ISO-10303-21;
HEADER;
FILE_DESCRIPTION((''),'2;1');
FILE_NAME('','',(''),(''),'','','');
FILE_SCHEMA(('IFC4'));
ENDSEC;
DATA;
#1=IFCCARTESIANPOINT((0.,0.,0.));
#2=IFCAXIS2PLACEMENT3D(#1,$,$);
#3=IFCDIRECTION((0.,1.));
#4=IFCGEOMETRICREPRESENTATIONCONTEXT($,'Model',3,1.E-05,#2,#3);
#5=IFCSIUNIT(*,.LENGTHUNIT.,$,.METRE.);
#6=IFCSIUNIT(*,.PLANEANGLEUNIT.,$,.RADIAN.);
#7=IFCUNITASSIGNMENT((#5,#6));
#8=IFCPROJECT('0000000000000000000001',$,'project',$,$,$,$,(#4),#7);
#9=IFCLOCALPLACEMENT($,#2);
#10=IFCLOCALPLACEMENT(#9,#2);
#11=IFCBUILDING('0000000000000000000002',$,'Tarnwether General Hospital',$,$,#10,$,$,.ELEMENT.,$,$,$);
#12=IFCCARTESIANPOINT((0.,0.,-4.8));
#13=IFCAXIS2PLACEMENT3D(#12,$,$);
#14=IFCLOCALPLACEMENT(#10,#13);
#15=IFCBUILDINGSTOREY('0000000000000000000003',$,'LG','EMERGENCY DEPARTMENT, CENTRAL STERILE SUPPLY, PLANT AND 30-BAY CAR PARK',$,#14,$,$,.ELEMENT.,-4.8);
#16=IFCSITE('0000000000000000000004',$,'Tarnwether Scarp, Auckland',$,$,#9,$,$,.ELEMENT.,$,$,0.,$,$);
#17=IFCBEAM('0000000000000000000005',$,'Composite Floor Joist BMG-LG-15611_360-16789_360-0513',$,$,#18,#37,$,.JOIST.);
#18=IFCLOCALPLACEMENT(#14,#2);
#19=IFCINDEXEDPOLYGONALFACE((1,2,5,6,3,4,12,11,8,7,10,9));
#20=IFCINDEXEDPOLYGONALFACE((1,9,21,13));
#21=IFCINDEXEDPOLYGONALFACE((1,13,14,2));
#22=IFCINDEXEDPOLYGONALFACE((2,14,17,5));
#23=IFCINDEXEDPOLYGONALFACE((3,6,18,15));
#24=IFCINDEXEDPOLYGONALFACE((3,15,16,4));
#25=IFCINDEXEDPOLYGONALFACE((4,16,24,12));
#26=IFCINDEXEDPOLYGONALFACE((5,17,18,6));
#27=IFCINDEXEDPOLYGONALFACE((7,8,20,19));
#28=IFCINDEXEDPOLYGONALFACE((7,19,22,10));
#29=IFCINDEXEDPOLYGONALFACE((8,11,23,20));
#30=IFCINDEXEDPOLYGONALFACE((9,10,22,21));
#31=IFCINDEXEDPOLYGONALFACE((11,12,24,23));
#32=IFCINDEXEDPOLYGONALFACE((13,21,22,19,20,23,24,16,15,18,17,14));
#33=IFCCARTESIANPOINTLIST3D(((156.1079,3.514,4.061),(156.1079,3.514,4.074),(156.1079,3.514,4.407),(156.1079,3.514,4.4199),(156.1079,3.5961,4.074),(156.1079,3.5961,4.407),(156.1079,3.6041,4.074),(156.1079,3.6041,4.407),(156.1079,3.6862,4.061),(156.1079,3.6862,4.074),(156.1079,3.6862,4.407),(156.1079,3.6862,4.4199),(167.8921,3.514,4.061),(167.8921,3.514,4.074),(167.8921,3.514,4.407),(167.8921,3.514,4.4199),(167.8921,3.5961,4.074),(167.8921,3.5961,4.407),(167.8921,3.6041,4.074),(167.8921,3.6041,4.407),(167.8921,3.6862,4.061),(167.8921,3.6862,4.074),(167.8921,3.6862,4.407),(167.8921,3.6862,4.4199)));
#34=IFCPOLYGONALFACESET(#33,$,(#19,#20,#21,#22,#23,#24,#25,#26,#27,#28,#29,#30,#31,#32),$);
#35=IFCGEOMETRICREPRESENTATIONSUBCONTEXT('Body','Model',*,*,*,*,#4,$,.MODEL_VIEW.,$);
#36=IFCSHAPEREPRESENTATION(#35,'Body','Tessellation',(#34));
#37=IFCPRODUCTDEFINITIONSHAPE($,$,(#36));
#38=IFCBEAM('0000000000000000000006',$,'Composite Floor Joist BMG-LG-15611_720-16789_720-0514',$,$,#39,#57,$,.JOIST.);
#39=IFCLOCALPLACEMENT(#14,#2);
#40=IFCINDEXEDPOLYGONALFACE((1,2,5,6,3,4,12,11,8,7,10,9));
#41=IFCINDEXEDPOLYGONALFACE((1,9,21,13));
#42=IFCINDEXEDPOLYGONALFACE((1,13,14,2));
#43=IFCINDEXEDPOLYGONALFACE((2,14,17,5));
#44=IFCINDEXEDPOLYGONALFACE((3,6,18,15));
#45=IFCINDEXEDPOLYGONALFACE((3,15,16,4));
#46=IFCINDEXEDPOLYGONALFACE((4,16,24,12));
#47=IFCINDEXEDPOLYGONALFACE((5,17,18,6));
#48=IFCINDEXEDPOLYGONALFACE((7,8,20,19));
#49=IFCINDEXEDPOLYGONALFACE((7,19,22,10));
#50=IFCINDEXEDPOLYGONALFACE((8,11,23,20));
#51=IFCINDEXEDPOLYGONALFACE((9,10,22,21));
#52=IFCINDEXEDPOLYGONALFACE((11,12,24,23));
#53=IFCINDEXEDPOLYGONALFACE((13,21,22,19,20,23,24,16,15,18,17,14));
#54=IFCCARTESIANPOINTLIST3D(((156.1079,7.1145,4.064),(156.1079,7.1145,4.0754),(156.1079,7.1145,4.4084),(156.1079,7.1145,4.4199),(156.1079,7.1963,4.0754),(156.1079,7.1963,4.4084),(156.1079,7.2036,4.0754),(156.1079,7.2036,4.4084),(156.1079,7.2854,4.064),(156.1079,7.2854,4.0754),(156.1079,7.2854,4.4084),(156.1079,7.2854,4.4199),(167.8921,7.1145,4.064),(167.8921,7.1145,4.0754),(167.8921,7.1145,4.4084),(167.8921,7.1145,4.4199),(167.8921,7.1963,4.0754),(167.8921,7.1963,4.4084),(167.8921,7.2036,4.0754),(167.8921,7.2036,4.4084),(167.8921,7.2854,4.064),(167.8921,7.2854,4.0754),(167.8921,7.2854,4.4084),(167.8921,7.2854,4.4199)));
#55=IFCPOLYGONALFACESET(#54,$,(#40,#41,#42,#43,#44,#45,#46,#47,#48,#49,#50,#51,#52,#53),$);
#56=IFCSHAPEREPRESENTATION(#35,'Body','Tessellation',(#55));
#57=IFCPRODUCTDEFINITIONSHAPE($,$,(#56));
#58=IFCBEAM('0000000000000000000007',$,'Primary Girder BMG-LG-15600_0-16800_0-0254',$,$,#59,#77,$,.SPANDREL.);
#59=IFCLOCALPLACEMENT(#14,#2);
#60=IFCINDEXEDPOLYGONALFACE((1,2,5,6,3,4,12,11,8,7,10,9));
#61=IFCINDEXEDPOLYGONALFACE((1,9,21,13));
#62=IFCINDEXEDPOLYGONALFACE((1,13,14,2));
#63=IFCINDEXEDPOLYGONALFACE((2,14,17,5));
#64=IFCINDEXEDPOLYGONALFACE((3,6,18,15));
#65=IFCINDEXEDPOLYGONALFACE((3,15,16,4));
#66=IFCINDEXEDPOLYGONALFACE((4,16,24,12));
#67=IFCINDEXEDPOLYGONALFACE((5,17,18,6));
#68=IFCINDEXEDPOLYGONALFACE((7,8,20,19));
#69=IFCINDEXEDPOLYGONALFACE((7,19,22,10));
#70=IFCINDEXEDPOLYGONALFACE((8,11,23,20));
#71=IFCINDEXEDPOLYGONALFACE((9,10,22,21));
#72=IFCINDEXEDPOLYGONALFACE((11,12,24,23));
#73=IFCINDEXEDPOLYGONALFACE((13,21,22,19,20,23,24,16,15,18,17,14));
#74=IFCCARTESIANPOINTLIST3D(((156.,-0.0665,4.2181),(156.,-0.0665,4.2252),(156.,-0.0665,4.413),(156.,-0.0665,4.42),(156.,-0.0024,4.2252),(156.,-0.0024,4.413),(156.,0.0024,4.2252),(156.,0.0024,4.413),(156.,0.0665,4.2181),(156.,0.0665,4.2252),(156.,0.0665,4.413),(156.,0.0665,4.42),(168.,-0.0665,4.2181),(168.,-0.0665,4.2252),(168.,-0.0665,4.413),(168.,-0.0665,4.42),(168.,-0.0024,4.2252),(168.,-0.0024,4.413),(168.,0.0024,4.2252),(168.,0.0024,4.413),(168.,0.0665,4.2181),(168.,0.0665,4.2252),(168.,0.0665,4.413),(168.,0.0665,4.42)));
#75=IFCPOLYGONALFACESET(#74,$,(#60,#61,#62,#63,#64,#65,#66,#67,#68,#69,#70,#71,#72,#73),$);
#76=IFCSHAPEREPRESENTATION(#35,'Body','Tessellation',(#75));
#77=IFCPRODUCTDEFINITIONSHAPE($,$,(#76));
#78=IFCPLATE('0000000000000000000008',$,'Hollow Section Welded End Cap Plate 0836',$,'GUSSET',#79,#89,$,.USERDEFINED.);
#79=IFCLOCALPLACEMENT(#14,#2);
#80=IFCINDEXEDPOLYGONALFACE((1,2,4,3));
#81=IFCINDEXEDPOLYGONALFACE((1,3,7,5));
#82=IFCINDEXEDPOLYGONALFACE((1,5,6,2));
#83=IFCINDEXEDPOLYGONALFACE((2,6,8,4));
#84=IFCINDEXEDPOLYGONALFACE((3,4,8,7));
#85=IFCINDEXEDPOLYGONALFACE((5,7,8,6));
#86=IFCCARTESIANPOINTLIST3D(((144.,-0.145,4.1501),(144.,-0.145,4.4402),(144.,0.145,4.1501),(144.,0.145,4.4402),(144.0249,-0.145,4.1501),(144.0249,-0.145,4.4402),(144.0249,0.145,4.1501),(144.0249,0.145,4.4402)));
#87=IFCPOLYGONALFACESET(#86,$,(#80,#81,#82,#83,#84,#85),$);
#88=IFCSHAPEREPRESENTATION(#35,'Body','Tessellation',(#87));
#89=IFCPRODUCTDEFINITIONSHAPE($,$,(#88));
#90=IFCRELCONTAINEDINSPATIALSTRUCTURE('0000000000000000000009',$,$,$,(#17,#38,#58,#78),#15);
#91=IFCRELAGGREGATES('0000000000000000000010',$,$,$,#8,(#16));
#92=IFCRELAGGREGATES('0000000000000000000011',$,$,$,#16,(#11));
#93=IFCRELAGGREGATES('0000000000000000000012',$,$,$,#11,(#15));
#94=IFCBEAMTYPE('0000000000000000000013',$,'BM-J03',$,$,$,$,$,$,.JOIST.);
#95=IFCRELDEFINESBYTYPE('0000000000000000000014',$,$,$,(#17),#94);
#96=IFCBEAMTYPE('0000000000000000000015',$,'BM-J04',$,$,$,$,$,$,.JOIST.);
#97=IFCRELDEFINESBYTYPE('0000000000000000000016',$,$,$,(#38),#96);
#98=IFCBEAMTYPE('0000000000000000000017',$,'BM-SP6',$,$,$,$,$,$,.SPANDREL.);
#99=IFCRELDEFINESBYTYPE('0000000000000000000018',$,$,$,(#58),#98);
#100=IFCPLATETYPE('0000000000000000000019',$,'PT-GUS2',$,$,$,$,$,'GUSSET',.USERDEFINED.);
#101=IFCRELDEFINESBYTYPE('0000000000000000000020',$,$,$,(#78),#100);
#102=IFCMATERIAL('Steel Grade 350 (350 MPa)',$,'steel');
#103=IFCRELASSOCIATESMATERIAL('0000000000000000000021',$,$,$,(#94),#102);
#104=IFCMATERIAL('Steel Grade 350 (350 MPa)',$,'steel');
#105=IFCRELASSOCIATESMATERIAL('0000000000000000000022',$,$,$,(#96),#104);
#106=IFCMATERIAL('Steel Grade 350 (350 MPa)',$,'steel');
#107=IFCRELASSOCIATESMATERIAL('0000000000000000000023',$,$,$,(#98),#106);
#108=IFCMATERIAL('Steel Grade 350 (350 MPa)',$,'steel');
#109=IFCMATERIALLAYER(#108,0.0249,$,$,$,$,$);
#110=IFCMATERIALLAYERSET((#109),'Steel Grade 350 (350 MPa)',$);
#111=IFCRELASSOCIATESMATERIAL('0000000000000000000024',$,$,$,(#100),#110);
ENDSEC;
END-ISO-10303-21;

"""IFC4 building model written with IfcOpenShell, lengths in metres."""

from ifc_helpers import new_model, si_unit, direction, frame, origin, origin_2d, place, context, subcontext, project, spatial, rectangle, i_section, extrude, material, layer, layer_set, material_profile, profile_set, type_object, element, save


model = new_model("IFC4")

# Units and contexts
model_context = context("Model", 3, precision=1e-05, world=origin(), true_north=direction((0.0, 1.0)))
body_context = subcontext(model_context, "Body", "Model", "MODEL_VIEW")
ifc_project = project(units=[si_unit("LENGTHUNIT", "METRE"), si_unit("PLANEANGLEUNIT", "RADIAN")], contexts=[model_context])

# Site, building, storey
site_placement = place(None, origin())
site = spatial("IfcSite", under=ifc_project, at=site_placement, Name="Tarnwether Scarp, Auckland", CompositionType="ELEMENT", RefElevation=0.0)
building_placement = place(site_placement, origin())
building = spatial("IfcBuilding", under=site, at=building_placement, Name="Tarnwether General Hospital", CompositionType="ELEMENT")
storey_placement = place(building_placement, frame((0.0, 0.0, -4.8)))
storey = spatial("IfcBuildingStorey", under=building, at=storey_placement, Name="LG", Description="EMERGENCY DEPARTMENT, CENTRAL STERILE SUPPLY, PLANT AND 30-BAY CAR PARK", CompositionType="ELEMENT", Elevation=-4.8)

# Beams
ifc_material_1 = material(Name="Steel Grade 350 (350 MPa)", Category="steel")
ifc_material_profile_1 = material_profile(ifc_material_1, i_section(OverallWidth=0.1721, OverallDepth=0.3589, WebThickness=0.0081, FlangeThickness=0.0129, at=origin_2d()), Name="360UB56.7")
ifc_profile_set_1 = profile_set([ifc_material_profile_1], Name="Steel Grade 350 (350 MPa)")
beam_type_1 = type_object("IfcBeamType", Name="BM-J03", PredefinedType="JOIST", material=ifc_profile_set_1)
beam_1_placement = place(storey_placement, frame((156.1079, 3.6001, 4.2405), z_axis=(1.0, 0.0, 0.0), x_axis=(0.0, 1.0, 0.0)))
element("IfcBeam", 1, at=beam_1_placement, inside=storey, type_object=beam_type_1, Name="Composite Floor Joist BMG-LG-15611_360-16789_360-0513", PredefinedType="JOIST", context=body_context, shape_type="SweptSolid", body=[
    extrude(i_section(OverallWidth=0.1721, OverallDepth=0.3589, WebThickness=0.0081, FlangeThickness=0.0129, at=origin_2d()), origin(), (0.0, 0.0, 1.0), 11.7842),
])
ifc_material_2 = material(Name="Steel Grade 350 (350 MPa)", Category="steel")
ifc_material_profile_2 = material_profile(ifc_material_2, i_section(OverallWidth=0.1709, OverallDepth=0.356, WebThickness=0.0073, FlangeThickness=0.0115, at=origin_2d()), Name="360UB50.7")
ifc_profile_set_2 = profile_set([ifc_material_profile_2], Name="Steel Grade 350 (350 MPa)")
beam_type_2 = type_object("IfcBeamType", Name="BM-J04", PredefinedType="JOIST", material=ifc_profile_set_2)
beam_2_placement = place(storey_placement, frame((156.1079, 7.2, 4.2419), z_axis=(1.0, 0.0, 0.0), x_axis=(0.0, 1.0, 0.0)))
element("IfcBeam", 2, at=beam_2_placement, inside=storey, type_object=beam_type_2, Name="Composite Floor Joist BMG-LG-15611_720-16789_720-0514", PredefinedType="JOIST", context=body_context, shape_type="SweptSolid", body=[
    extrude(i_section(OverallWidth=0.1709, OverallDepth=0.356, WebThickness=0.0073, FlangeThickness=0.0115, at=origin_2d()), origin(), (0.0, 0.0, 1.0), 11.7842),
])
ifc_material_3 = material(Name="Steel Grade 350 (350 MPa)", Category="steel")
ifc_material_profile_3 = material_profile(ifc_material_3, i_section(OverallWidth=0.1331, OverallDepth=0.2019, WebThickness=0.0049, FlangeThickness=0.0071, at=origin_2d()), Name="200UB22.3")
ifc_profile_set_3 = profile_set([ifc_material_profile_3], Name="Steel Grade 350 (350 MPa)")
beam_type_3 = type_object("IfcBeamType", Name="BM-SP6", PredefinedType="SPANDREL", material=ifc_profile_set_3)
beam_3_placement = place(storey_placement, frame((156.0, 0.0, 4.3191), z_axis=(1.0, 0.0, 0.0), x_axis=(0.0, 1.0, 0.0)))
element("IfcBeam", 3, at=beam_3_placement, inside=storey, type_object=beam_type_3, Name="Primary Girder BMG-LG-15600_0-16800_0-0254", PredefinedType="SPANDREL", context=body_context, shape_type="SweptSolid", body=[
    extrude(i_section(OverallWidth=0.1331, OverallDepth=0.2019, WebThickness=0.0049, FlangeThickness=0.0071, at=origin_2d()), origin(), (0.0, 0.0, 1.0), 12.0),
])

# Plate
ifc_material_4 = material(Name="Steel Grade 350 (350 MPa)", Category="steel")
ifc_layer = layer(ifc_material_4, 0.0249)
ifc_layer_set = layer_set([ifc_layer], Name="Steel Grade 350 (350 MPa)")
plate_type = type_object("IfcPlateType", Name="PT-GUS2", ElementType="GUSSET", PredefinedType="USERDEFINED", material=ifc_layer_set)
plate_placement = place(storey_placement, frame((144.0125, 0.0, 4.1501), z_axis=(0.0, 0.0, 1.0), x_axis=(1.0, 0.0, 0.0)))
element("IfcPlate", 4, at=plate_placement, inside=storey, type_object=plate_type, Name="Hollow Section Welded End Cap Plate 0836", ObjectType="GUSSET", PredefinedType="USERDEFINED", context=body_context, shape_type="SweptSolid", body=[
    extrude(rectangle(XDim=0.0249, YDim=0.29, at=origin_2d()), origin(), (0.0, 0.0, 1.0), 0.29),
])

save(model, "model.ifc")
